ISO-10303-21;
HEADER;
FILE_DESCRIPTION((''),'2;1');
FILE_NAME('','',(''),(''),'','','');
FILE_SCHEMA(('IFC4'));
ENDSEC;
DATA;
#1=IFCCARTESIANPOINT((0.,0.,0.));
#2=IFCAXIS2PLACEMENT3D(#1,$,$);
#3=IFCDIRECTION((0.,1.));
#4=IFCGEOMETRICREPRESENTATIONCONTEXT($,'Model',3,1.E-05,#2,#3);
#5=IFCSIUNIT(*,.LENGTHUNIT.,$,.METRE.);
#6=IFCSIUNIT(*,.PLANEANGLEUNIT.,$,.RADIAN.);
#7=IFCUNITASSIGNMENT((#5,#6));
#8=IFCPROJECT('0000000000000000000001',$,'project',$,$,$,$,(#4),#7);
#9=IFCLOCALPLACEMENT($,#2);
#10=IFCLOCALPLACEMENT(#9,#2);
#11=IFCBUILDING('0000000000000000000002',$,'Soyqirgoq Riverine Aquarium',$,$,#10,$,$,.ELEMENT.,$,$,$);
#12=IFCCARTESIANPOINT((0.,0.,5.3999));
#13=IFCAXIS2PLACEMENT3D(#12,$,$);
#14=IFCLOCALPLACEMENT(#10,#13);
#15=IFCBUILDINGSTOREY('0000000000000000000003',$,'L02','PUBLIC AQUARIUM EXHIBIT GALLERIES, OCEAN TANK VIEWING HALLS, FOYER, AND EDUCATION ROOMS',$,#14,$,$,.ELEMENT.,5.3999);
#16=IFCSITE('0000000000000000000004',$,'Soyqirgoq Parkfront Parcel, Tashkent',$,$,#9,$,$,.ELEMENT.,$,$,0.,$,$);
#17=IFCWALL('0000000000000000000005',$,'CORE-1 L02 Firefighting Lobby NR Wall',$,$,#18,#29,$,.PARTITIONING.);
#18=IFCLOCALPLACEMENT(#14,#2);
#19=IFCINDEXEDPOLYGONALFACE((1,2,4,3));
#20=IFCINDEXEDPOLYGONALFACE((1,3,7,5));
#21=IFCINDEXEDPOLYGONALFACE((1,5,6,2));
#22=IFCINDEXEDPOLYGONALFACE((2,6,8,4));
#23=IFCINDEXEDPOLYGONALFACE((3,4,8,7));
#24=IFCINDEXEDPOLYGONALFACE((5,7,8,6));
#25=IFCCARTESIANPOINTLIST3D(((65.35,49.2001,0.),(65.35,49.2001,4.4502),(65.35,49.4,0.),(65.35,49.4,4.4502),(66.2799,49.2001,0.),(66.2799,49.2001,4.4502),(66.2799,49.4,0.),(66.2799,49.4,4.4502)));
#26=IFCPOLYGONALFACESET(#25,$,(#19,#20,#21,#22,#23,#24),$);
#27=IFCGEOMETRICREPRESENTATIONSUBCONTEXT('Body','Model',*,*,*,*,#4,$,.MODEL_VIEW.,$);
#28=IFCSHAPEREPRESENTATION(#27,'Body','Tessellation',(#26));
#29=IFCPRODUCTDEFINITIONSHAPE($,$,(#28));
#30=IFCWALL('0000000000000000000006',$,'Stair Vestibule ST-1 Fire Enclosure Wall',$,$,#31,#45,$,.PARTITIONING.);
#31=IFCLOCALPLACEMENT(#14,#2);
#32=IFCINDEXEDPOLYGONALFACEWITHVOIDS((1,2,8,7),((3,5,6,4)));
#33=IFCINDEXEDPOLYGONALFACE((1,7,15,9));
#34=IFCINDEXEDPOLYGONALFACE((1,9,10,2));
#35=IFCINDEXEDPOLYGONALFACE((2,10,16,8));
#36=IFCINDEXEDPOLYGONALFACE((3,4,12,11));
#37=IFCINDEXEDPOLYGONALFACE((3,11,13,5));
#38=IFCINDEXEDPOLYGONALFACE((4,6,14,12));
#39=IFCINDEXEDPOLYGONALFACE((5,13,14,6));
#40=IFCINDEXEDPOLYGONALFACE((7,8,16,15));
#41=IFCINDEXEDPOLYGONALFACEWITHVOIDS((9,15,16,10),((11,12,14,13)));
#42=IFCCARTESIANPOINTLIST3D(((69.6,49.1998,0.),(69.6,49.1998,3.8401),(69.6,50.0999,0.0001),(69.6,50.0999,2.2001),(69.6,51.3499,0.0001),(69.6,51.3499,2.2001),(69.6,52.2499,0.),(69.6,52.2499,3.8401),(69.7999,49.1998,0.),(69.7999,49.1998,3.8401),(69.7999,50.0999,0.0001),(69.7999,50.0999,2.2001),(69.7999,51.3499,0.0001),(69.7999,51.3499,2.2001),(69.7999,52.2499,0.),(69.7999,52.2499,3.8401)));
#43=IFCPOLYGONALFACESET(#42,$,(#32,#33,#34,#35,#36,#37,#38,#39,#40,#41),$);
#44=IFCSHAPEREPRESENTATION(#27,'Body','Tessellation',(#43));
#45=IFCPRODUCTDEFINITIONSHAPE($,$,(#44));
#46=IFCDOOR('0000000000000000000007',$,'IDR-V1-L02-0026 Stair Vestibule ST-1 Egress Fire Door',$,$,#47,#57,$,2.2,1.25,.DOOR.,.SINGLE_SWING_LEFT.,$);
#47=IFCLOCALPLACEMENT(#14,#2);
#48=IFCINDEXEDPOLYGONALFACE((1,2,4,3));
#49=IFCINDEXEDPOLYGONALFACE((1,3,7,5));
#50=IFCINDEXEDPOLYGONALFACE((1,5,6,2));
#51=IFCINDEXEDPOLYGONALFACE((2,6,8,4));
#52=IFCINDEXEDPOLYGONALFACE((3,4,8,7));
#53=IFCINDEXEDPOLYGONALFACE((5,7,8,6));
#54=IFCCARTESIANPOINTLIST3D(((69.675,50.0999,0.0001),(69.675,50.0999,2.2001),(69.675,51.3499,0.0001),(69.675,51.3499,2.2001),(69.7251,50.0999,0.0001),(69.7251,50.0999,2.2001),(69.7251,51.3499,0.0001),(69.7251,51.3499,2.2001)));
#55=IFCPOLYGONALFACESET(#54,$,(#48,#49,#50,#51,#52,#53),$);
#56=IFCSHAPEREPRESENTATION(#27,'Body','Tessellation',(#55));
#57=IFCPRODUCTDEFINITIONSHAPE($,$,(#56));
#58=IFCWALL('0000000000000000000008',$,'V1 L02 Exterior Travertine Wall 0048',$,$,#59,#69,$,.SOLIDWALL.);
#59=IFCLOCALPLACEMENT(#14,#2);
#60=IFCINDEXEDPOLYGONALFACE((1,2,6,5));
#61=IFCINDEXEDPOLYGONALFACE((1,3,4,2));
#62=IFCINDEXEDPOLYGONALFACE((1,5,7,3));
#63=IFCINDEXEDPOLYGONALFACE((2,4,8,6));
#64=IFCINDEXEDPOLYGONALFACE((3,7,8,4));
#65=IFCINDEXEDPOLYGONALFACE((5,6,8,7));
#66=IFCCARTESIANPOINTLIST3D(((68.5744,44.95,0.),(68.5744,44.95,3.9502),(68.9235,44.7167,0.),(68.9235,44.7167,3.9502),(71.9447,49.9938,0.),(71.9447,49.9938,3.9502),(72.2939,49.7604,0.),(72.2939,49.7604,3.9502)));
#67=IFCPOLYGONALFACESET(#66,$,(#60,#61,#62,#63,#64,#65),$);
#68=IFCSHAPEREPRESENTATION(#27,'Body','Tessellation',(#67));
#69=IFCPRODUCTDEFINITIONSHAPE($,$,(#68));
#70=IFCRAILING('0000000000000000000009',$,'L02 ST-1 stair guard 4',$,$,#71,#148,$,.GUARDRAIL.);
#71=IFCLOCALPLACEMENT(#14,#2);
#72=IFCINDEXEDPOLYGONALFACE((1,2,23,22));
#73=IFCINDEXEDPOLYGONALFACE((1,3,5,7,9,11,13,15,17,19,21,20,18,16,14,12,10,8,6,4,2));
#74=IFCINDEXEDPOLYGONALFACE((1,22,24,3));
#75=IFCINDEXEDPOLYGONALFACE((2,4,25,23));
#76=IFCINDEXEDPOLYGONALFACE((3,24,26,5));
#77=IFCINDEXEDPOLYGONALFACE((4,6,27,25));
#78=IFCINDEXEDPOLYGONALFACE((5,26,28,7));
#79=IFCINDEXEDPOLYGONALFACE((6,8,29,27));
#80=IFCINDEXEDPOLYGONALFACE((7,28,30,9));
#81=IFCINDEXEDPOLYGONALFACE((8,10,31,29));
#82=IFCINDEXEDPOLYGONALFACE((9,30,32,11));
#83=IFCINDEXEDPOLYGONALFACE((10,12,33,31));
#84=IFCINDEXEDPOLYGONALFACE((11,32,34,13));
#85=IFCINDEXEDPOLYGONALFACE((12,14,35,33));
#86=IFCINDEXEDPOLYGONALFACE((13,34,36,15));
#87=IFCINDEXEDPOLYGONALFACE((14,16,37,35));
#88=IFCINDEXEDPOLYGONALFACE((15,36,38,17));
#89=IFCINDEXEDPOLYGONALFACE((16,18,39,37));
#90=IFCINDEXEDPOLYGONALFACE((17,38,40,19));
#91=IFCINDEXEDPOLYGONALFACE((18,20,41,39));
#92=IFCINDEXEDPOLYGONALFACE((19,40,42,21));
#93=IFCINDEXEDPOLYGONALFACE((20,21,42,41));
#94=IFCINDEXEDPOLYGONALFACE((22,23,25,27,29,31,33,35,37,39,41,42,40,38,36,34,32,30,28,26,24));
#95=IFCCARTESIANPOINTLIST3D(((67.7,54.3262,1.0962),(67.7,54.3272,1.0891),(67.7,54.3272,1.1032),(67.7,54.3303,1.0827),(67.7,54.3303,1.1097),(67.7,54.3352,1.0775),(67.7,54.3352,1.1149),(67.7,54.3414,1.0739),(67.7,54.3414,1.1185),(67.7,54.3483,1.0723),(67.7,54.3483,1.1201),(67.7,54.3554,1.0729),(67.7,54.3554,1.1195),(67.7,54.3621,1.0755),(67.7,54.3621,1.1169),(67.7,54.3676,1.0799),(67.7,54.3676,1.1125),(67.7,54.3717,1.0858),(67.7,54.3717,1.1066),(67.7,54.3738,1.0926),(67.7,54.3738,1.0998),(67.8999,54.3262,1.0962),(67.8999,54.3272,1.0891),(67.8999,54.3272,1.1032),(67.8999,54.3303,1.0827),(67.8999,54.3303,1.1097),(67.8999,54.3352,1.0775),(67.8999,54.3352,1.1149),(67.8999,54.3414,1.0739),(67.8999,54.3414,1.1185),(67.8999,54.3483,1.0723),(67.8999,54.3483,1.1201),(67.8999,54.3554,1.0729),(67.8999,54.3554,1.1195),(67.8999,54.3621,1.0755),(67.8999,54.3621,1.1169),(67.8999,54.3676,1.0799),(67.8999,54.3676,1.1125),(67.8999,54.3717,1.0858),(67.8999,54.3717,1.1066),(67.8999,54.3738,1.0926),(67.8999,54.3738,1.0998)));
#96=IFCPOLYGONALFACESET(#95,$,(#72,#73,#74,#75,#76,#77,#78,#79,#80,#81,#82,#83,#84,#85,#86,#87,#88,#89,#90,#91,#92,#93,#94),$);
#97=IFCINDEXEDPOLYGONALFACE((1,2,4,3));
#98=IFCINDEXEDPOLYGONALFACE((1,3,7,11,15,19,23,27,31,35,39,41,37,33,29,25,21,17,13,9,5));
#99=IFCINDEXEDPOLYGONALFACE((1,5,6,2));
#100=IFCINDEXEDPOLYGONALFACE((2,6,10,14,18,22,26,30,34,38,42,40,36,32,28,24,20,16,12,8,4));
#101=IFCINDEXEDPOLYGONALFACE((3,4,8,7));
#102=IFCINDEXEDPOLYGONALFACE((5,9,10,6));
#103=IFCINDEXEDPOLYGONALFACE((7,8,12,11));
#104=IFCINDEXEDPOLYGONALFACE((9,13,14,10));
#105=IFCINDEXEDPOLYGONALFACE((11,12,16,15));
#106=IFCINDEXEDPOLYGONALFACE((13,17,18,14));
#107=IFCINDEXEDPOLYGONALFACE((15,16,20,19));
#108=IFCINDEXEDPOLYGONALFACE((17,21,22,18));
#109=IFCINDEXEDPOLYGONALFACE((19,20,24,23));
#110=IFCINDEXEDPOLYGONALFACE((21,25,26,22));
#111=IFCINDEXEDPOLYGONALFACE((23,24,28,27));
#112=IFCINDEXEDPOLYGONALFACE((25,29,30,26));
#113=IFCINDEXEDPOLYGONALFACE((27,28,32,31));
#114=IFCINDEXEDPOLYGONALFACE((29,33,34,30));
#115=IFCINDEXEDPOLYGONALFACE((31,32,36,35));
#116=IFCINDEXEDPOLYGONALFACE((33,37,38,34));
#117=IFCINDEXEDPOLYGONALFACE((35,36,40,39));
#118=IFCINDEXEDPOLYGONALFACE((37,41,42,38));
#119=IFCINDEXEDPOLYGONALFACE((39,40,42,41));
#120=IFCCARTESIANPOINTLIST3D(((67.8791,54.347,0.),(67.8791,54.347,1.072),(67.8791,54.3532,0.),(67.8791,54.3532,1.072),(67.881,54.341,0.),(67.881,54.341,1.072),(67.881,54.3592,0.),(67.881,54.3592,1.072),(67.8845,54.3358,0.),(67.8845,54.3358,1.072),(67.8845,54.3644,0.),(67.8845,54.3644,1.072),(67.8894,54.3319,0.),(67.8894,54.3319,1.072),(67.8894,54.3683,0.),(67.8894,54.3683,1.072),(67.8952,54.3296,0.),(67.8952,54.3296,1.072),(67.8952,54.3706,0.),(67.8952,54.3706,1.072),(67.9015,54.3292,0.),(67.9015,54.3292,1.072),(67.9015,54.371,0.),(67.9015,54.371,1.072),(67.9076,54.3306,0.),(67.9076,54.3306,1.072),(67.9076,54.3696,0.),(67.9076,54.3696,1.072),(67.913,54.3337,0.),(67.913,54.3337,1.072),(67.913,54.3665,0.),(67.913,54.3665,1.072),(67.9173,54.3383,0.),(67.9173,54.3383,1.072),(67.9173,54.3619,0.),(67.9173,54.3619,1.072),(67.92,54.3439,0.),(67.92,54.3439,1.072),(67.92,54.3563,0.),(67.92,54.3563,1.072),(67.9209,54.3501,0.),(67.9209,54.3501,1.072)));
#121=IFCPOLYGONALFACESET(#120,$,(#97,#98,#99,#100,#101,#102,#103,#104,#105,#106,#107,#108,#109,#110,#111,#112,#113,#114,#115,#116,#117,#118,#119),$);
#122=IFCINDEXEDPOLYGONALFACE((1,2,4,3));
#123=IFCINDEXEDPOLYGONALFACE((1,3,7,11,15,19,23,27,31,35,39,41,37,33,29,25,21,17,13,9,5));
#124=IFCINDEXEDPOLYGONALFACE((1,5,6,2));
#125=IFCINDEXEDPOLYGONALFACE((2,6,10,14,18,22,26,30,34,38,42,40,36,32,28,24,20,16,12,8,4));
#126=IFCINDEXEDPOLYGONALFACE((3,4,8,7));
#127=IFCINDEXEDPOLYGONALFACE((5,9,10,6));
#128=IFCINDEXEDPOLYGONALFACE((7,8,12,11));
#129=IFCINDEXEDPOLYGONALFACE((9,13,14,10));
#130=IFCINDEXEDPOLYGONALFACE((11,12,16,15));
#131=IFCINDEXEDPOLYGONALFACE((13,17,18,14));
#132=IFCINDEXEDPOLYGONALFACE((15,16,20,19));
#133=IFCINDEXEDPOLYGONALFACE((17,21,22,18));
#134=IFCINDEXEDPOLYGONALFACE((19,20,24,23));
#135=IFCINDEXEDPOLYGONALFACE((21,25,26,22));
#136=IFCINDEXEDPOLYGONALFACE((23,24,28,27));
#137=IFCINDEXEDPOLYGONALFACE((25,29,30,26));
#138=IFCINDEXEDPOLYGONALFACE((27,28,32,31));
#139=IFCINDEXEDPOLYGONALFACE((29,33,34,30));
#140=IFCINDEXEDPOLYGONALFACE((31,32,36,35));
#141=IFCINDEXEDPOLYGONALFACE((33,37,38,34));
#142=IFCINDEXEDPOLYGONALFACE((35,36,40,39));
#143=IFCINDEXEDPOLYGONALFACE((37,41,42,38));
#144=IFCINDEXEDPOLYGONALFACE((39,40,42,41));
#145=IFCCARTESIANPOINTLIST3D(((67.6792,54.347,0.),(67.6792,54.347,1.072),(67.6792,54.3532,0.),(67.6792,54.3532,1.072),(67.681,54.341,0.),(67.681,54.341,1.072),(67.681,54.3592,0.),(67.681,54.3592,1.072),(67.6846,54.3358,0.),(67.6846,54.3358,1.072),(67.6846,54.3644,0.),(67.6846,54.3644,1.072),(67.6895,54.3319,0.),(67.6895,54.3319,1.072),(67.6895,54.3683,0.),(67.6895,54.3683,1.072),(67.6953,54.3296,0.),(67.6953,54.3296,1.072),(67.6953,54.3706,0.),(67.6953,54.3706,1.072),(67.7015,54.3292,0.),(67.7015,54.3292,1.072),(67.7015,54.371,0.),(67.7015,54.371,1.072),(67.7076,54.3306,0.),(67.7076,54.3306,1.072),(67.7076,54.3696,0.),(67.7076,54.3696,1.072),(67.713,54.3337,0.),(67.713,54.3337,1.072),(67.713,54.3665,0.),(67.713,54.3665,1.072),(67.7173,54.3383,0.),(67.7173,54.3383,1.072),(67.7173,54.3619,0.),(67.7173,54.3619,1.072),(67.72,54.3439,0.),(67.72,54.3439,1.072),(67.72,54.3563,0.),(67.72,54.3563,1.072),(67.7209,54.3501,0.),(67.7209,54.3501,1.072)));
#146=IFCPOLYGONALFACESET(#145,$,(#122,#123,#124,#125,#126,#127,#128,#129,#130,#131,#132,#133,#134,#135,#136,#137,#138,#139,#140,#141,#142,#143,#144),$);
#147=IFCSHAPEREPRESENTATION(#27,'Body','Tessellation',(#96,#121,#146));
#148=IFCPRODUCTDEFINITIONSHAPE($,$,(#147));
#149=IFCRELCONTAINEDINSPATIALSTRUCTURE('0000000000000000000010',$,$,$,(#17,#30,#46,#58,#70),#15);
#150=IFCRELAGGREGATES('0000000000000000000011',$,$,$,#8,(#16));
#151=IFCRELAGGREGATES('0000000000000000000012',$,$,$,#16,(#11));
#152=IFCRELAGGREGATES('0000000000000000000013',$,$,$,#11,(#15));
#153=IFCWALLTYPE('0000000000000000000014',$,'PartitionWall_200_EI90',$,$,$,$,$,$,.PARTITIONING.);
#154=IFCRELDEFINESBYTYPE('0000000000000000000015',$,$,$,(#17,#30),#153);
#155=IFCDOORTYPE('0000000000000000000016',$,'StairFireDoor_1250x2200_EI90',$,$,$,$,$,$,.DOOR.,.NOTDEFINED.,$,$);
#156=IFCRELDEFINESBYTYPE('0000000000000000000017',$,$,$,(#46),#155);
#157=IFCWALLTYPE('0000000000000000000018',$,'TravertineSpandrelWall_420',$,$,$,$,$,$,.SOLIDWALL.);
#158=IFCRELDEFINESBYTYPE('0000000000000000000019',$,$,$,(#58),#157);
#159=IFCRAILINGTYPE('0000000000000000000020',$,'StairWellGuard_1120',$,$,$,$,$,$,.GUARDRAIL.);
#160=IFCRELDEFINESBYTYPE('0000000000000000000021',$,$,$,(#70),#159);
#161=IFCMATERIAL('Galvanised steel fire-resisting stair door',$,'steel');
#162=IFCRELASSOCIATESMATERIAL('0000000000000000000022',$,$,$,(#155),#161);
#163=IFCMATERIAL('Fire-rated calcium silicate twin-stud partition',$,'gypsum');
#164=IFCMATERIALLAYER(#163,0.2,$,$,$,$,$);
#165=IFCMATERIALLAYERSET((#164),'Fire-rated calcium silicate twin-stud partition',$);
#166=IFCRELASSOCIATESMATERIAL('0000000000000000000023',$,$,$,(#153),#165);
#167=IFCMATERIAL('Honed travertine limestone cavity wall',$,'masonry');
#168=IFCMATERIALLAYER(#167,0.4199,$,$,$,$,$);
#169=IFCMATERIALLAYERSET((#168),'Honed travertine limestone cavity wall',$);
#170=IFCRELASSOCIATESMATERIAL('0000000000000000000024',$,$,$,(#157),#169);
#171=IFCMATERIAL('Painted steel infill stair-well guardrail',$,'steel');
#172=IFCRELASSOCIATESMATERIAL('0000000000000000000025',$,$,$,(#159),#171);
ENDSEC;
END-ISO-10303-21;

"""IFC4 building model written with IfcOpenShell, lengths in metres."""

from ifc_helpers import new_model, si_unit, direction, frame, frame_2d, origin, origin_2d, place, context, subcontext, project, spatial, rectangle, circle, extrude, material, layer, layer_set, type_object, element, fill, save


model = new_model("IFC4")

# Units and contexts
model_context = context("Model", 3, precision=1e-05, world=origin(), true_north=direction((0.0, 1.0)))
body_context = subcontext(model_context, "Body", "Model", "MODEL_VIEW")
ifc_project = project(units=[si_unit("LENGTHUNIT", "METRE"), si_unit("PLANEANGLEUNIT", "RADIAN")], contexts=[model_context])

# Site, building, storey
site_placement = place(None, origin())
site = spatial("IfcSite", under=ifc_project, at=site_placement, Name="Soyqirgoq Parkfront Parcel, Tashkent", CompositionType="ELEMENT", RefElevation=0.0)
building_placement = place(site_placement, origin())
building = spatial("IfcBuilding", under=site, at=building_placement, Name="Soyqirgoq Riverine Aquarium", CompositionType="ELEMENT")
storey_placement = place(building_placement, frame((0.0, 0.0, 5.3999)))
storey = spatial("IfcBuildingStorey", under=building, at=storey_placement, Name="L02", Description="PUBLIC AQUARIUM EXHIBIT GALLERIES, OCEAN TANK VIEWING HALLS, FOYER, AND EDUCATION ROOMS", CompositionType="ELEMENT", Elevation=5.3999)

# Shared definitions
ifc_material_1 = material(Name="Galvanised steel fire-resisting stair door", Category="steel")
door_type_1 = type_object("IfcDoorType", Name="StairFireDoor_1250x2200_EI90", OperationType="NOTDEFINED", PredefinedType="DOOR", material=ifc_material_1)

# Shared definitions
ifc_material_2 = material(Name="Fire-rated calcium silicate twin-stud partition", Category="gypsum")
ifc_layer_1 = layer(ifc_material_2, 0.2)
ifc_layer_set_1 = layer_set([ifc_layer_1], Name="Fire-rated calcium silicate twin-stud partition")
wall_type_1 = type_object("IfcWallType", Name="PartitionWall_200_EI90", PredefinedType="PARTITIONING", material=ifc_layer_set_1)

# Wall
for number, where, z_axis, x_axis, name in (
    (1, (65.3501, 49.3, 0.0), (0.0, 0.0, 1.0), (1.0, 0.0, 0.0), "CORE-1 L02 Firefighting Lobby NR Wall"),
):
    element("IfcWall", number, at=place(storey_placement, frame(where, z_axis=z_axis, x_axis=x_axis)), inside=storey, type_object=wall_type_1, Name=name, PredefinedType="PARTITIONING", context=body_context, shape_type="SweptSolid", body=[
        extrude(rectangle(XDim=0.9299, YDim=0.2, at=frame_2d((0.4648, 0.0))), origin(), (0.0, 0.0, 1.0), 4.4502),
    ])

# Wall, opening, door
wall_1_placement = place(storey_placement, frame((69.7, 49.2, 0.0), z_axis=(0.0, 0.0, 1.0), x_axis=(0.0, 1.0, 0.0)))
wall_1 = element("IfcWall", 2, at=wall_1_placement, inside=storey, type_object=wall_type_1, Name="Stair Vestibule ST-1 Fire Enclosure Wall", PredefinedType="PARTITIONING", context=body_context, shape_type="SweptSolid", body=[
    extrude(rectangle(XDim=3.05, YDim=0.2, at=frame_2d((1.5249, 0.0))), origin(), (0.0, 0.0, 1.0), 3.8401),
])
opening_1_placement = place(wall_1_placement, frame((0.8999, 0.0, 0.0)))
opening_1 = element("IfcOpeningElement", 3, at=opening_1_placement, cuts=wall_1, PredefinedType="OPENING", context=body_context, shape_type="SweptSolid", body=[
    extrude(rectangle(XDim=1.25, YDim=2.2, at=frame_2d((0.625, 1.1001))), frame((0.0, 0.1099, 0.0), z_axis=(0.0, -1.0, 0.0), x_axis=(1.0, 0.0, 0.0)), (0.0, 0.0, 1.0), 0.22),
])
door_1_placement = place(opening_1_placement, origin())
door_1 = element("IfcDoor", 4, at=door_1_placement, inside=storey, type_object=door_type_1, Name="IDR-V1-L02-0026 Stair Vestibule ST-1 Egress Fire Door", OperationType="SINGLE_SWING_LEFT", OverallHeight=2.2, OverallWidth=1.25, PredefinedType="DOOR", context=body_context, shape_type="SweptSolid", body=[
    extrude(rectangle(XDim=1.25, YDim=2.2, at=frame_2d((0.625, 1.1001))), frame((0.0, 0.0249, 0.0), z_axis=(0.0, -1.0, 0.0), x_axis=(1.0, 0.0, 0.0)), (0.0, 0.0, 1.0), 0.05),
])
fill(opening_1, door_1)

# Wall
ifc_material_3 = material(Name="Honed travertine limestone cavity wall", Category="masonry")
ifc_layer_2 = layer(ifc_material_3, 0.4199)
ifc_layer_set_2 = layer_set([ifc_layer_2], Name="Honed travertine limestone cavity wall")
wall_type_2 = type_object("IfcWallType", Name="TravertineSpandrelWall_420", PredefinedType="SOLIDWALL", material=ifc_layer_set_2)
wall_2_placement = place(storey_placement, frame((72.1194, 49.8772, 0.0), z_axis=(0.0, 0.0, 1.0), x_axis=(-0.555601, -0.831449, 0.0)))
element("IfcWall", 5, at=wall_2_placement, inside=storey, type_object=wall_type_2, Name="V1 L02 Exterior Travertine Wall 0048", PredefinedType="SOLIDWALL", context=body_context, shape_type="SweptSolid", body=[
    extrude(rectangle(XDim=6.0662, YDim=0.4199, at=frame_2d((3.0332, 0.0))), origin(), (0.0, 0.0, 1.0), 3.9502),
])

# Railing
ifc_material_4 = material(Name="Painted steel infill stair-well guardrail", Category="steel")
railing_type = type_object("IfcRailingType", Name="StairWellGuard_1120", PredefinedType="GUARDRAIL", material=ifc_material_4)
railing_placement = place(storey_placement, frame((67.8999, 54.3501, 0.0)))
element("IfcRailing", 6, at=railing_placement, inside=storey, type_object=railing_type, Name="L02 ST-1 stair guard 4", PredefinedType="GUARDRAIL", context=body_context, shape_type="SweptSolid", body=[
    extrude(circle(Radius=0.0239, at=origin_2d()), frame((0.0, 0.0, 1.0962), z_axis=(-1.0, 0.0, 0.0), x_axis=(0.0, -1.0, 0.0)), (0.0, 0.0, 1.0), 0.2),
    extrude(circle(Radius=0.021, at=origin_2d()), origin(), (0.0, 0.0, 1.0), 1.072),
    extrude(circle(Radius=0.021, at=origin_2d()), frame((-0.2, 0.0, 0.0)), (0.0, 0.0, 1.0), 1.072),
])

save(model, "model.ifc")
